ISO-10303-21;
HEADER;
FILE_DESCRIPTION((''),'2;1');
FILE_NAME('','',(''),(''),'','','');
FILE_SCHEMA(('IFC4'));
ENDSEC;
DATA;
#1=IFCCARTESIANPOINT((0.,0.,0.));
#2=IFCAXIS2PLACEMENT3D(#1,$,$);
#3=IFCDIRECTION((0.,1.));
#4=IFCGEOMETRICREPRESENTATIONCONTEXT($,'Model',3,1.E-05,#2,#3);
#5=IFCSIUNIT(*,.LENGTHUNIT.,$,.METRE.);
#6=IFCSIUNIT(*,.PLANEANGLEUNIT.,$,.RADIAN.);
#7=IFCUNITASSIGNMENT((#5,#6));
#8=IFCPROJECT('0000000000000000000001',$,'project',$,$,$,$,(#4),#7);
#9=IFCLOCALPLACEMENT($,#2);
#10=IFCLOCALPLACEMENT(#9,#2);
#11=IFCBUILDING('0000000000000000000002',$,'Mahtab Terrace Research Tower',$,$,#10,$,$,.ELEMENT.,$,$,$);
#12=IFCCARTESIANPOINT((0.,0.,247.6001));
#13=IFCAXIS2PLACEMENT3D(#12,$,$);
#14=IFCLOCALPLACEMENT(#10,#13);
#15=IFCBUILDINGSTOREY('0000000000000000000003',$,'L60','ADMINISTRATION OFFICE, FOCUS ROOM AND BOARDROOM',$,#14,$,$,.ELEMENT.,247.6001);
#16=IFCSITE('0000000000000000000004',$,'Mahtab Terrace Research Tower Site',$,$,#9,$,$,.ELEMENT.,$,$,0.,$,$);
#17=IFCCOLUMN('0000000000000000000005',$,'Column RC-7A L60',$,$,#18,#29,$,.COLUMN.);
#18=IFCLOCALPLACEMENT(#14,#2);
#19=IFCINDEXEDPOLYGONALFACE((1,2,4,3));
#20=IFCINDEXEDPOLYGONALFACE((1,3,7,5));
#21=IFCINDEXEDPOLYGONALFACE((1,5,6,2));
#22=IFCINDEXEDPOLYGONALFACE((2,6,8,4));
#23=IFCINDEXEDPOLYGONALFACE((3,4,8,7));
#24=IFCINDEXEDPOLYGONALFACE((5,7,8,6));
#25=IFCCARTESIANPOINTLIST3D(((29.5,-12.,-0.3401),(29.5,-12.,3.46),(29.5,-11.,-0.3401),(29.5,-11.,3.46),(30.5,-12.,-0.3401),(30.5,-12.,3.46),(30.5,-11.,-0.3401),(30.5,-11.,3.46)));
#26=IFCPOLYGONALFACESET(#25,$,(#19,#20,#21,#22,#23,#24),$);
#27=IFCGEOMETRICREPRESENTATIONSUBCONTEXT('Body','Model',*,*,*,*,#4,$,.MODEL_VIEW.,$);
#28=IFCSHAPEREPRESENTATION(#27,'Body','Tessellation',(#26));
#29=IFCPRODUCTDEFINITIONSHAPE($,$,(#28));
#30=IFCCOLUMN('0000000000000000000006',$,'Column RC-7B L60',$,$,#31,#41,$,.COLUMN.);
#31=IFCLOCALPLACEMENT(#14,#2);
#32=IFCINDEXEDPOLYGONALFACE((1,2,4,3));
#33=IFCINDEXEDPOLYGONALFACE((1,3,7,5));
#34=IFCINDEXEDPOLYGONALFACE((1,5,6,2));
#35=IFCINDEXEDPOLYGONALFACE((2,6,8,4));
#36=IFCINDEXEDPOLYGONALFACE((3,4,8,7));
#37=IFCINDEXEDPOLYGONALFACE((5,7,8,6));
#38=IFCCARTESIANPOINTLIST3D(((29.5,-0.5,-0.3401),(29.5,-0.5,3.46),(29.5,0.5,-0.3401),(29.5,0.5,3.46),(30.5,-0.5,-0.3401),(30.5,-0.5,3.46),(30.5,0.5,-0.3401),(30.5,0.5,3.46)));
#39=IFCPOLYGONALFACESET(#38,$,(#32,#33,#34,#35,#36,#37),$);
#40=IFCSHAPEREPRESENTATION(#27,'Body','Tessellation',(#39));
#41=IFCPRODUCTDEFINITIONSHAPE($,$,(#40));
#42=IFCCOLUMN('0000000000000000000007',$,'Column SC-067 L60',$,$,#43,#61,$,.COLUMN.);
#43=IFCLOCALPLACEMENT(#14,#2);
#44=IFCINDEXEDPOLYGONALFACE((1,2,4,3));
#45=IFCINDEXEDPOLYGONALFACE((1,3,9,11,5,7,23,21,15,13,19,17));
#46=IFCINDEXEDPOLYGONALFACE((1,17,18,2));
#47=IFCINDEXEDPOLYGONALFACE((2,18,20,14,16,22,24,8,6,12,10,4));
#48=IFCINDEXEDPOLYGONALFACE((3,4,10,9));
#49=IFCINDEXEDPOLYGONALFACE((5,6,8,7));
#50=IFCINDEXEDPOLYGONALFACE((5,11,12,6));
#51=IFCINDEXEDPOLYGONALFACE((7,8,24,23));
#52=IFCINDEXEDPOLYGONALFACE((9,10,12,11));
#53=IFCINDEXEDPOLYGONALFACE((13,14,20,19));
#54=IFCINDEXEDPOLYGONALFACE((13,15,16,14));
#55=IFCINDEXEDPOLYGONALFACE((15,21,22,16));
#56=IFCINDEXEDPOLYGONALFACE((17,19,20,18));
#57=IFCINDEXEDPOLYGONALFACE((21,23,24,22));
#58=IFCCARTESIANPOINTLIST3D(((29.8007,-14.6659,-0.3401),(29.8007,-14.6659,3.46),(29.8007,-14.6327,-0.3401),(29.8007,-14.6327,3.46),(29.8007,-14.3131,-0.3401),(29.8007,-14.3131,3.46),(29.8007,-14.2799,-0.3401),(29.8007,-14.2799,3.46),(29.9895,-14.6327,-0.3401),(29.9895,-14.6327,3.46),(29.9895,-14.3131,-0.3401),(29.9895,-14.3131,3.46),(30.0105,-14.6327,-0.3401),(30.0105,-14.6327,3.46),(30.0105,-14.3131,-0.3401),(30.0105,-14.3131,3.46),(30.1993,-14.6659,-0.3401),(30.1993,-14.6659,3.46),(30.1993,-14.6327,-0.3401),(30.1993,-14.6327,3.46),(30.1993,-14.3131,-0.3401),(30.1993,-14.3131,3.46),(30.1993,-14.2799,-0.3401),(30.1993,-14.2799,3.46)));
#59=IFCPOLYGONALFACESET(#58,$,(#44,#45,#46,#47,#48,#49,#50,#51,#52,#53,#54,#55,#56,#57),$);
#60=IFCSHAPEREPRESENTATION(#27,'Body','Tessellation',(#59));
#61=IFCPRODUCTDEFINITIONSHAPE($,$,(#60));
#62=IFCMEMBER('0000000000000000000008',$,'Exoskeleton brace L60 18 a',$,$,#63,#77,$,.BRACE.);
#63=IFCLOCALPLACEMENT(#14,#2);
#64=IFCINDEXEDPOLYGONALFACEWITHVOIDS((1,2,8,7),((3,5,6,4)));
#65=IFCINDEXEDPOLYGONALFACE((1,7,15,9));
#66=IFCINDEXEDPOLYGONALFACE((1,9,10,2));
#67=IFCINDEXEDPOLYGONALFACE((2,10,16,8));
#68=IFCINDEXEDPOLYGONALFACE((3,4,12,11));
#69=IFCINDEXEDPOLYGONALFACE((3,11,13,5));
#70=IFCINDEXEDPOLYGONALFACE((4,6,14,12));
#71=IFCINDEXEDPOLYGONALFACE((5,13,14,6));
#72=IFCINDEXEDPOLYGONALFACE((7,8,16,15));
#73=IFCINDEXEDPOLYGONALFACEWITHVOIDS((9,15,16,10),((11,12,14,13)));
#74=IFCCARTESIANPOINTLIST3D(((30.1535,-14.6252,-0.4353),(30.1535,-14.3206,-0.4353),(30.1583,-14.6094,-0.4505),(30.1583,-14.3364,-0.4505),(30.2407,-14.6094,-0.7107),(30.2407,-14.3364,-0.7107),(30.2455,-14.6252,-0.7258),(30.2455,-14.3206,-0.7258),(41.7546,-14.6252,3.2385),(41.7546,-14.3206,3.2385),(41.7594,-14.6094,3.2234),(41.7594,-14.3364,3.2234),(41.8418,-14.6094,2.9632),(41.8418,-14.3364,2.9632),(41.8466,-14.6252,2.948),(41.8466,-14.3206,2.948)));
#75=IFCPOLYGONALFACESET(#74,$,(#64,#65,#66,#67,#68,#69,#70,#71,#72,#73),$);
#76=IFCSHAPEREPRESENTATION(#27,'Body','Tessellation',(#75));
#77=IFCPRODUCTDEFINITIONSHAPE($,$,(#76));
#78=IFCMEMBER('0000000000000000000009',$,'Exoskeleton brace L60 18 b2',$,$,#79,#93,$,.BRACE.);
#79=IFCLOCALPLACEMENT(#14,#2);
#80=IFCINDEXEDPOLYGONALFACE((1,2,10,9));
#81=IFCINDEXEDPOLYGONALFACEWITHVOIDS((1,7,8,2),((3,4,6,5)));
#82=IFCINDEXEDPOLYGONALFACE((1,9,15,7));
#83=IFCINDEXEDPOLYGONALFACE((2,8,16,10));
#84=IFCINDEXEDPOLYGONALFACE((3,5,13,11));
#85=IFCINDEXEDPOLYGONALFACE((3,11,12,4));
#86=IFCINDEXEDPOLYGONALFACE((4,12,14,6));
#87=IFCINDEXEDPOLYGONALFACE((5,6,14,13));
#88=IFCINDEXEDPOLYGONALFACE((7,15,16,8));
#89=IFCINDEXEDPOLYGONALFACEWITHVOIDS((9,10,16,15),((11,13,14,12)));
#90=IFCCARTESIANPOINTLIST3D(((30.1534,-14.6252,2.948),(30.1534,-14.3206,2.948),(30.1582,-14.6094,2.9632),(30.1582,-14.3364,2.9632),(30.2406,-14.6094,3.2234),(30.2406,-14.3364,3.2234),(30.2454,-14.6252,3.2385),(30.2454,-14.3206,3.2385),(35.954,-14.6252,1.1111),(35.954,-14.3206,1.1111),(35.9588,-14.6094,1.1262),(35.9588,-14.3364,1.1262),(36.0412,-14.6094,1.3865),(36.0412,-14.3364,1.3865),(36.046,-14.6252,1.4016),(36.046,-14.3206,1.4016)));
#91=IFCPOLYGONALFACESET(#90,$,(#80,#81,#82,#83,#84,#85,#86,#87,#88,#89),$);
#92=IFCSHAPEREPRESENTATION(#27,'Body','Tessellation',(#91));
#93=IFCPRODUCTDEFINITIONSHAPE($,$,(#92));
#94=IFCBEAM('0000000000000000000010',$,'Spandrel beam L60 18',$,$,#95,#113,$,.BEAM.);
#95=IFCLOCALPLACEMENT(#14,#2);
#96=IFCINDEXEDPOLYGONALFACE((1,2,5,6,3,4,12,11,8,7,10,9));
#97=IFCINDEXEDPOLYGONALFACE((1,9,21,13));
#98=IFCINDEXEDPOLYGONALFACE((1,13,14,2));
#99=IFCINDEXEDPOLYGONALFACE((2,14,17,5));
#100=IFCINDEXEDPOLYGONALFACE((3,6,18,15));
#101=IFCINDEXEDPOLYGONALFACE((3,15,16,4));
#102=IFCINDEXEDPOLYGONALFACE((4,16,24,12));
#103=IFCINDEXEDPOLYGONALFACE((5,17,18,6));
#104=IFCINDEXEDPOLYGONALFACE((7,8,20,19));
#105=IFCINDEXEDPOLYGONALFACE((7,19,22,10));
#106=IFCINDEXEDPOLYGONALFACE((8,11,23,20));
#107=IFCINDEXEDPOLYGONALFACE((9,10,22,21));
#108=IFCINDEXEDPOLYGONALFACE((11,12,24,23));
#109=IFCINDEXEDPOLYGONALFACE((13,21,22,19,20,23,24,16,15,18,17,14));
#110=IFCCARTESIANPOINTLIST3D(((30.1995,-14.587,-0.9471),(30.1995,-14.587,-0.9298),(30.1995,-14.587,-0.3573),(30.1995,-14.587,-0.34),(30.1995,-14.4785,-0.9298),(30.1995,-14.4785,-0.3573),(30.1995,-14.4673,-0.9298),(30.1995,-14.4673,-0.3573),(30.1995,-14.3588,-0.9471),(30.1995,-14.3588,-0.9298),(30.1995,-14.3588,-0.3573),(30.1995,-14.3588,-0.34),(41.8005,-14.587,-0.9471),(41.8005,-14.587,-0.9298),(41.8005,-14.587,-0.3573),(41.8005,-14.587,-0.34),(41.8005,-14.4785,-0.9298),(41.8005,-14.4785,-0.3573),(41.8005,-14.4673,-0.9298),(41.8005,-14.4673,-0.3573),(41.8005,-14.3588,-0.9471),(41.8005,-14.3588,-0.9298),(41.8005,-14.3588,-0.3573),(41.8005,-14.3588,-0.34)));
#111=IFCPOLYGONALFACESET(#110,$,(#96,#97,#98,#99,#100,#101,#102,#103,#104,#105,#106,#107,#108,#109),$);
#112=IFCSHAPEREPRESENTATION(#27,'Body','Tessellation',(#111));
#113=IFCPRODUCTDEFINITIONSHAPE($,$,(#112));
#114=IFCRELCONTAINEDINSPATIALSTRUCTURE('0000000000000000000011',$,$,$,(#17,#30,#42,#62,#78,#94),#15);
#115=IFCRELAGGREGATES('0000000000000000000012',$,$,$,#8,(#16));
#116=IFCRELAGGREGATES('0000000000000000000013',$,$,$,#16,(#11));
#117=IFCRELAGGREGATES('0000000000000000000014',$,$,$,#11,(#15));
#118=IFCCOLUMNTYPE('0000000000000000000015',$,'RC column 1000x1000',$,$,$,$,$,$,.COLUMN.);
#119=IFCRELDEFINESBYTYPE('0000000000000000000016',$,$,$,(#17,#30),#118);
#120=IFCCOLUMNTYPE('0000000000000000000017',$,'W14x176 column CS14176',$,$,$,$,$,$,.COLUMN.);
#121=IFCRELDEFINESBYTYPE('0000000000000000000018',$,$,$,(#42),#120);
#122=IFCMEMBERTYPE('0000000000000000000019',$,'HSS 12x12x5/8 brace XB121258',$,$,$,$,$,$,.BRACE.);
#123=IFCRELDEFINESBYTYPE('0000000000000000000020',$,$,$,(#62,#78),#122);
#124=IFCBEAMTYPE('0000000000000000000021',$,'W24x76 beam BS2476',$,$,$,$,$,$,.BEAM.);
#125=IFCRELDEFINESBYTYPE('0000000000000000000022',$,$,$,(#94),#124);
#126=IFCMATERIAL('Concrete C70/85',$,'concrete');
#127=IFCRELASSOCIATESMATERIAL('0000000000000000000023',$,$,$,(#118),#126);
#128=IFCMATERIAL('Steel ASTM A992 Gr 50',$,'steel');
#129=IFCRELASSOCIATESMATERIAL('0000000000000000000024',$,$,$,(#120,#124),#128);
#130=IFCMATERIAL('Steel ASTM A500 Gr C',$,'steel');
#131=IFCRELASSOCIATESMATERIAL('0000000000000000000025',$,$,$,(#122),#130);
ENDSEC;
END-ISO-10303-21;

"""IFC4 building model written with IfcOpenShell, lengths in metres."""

from ifc_helpers import new_model, si_unit, direction, frame, origin, origin_2d, place, context, subcontext, project, spatial, rectangle, hollow_rectangle, i_section, extrude, material, material_profile, profile_set, type_object, element, save


model = new_model("IFC4")

# Units and contexts
model_context = context("Model", 3, precision=1e-05, world=origin(), true_north=direction((0.0, 1.0)))
body_context = subcontext(model_context, "Body", "Model", "MODEL_VIEW")
ifc_project = project(units=[si_unit("LENGTHUNIT", "METRE"), si_unit("PLANEANGLEUNIT", "RADIAN")], contexts=[model_context])

# Site, building, storey
site_placement = place(None, origin())
site = spatial("IfcSite", under=ifc_project, at=site_placement, Name="Mahtab Terrace Research Tower Site", CompositionType="ELEMENT", RefElevation=0.0)
building_placement = place(site_placement, origin())
building = spatial("IfcBuilding", under=site, at=building_placement, Name="Mahtab Terrace Research Tower", CompositionType="ELEMENT")
storey_placement = place(building_placement, frame((0.0, 0.0, 247.6001)))
storey = spatial("IfcBuildingStorey", under=building, at=storey_placement, Name="L60", Description="ADMINISTRATION OFFICE, FOCUS ROOM AND BOARDROOM", CompositionType="ELEMENT", Elevation=247.6001)

# Columns
ifc_material_1 = material(Name="Concrete C70/85", Category="concrete")
ifc_material_profile_1 = material_profile(ifc_material_1, rectangle(XDim=1.0, YDim=1.0, at=origin_2d()), Name="RC column 1000x1000")
ifc_profile_set_1 = profile_set([ifc_material_profile_1], Name="Concrete C70/85")
column_type_1 = type_object("IfcColumnType", Name="RC column 1000x1000", PredefinedType="COLUMN", material=ifc_profile_set_1)
for number, where, z_axis, x_axis, name in (
    (1, (30.0, -11.5, -0.3401), (0.0, 0.0, 1.0), (1.0, 0.0, 0.0), "Column RC-7A L60"),
    (2, (30.0, 0.0, -0.3401), (0.0, 0.0, 1.0), (1.0, 0.0, 0.0), "Column RC-7B L60"),
):
    element("IfcColumn", number, at=place(storey_placement, frame(where, z_axis=z_axis, x_axis=x_axis)), inside=storey, type_object=column_type_1, Name=name, PredefinedType="COLUMN", context=body_context, shape_type="SweptSolid", body=[
        extrude(rectangle(XDim=1.0, YDim=1.0, at=origin_2d()), origin(), (0.0, 0.0, 1.0), 3.8),
    ])
ifc_material_2 = material(Name="Steel ASTM A992 Gr 50", Category="steel")
ifc_material_profile_2 = material_profile(ifc_material_2, i_section(OverallWidth=0.3987, OverallDepth=0.386, WebThickness=0.021, FlangeThickness=0.0332, at=origin_2d()), Name="W14X176")
ifc_profile_set_2 = profile_set([ifc_material_profile_2], Name="Steel ASTM A992 Gr 50")
column_type_2 = type_object("IfcColumnType", Name="W14x176 column CS14176", PredefinedType="COLUMN", material=ifc_profile_set_2)
column_placement = place(storey_placement, frame((30.0, -14.4729, -0.3401), z_axis=(0.0, 0.0, 1.0), x_axis=(1.0, 0.0, 0.0)))
element("IfcColumn", 3, at=column_placement, inside=storey, type_object=column_type_2, Name="Column SC-067 L60", PredefinedType="COLUMN", context=body_context, shape_type="SweptSolid", body=[
    extrude(i_section(OverallWidth=0.3987, OverallDepth=0.386, WebThickness=0.021, FlangeThickness=0.0332, at=origin_2d()), origin(), (0.0, 0.0, 1.0), 3.8),
])

# Members
ifc_material_3 = material(Name="Steel ASTM A500 Gr C", Category="steel")
ifc_material_profile_3 = material_profile(ifc_material_3, hollow_rectangle(XDim=0.3047, YDim=0.3047, WallThickness=0.0159, at=origin_2d()), Name="HSS12X12X5/8")
ifc_profile_set_3 = profile_set([ifc_material_profile_3], Name="Steel ASTM A500 Gr C")
member_type = type_object("IfcMemberType", Name="HSS 12x12x5/8 brace XB121258", PredefinedType="BRACE", material=ifc_profile_set_3)
member_1_placement = place(storey_placement, frame((30.1995, -14.4729, -0.5806), z_axis=(0.953339, 0.0, 0.301903), x_axis=(0.0, 1.0, 0.0)))
element("IfcMember", 4, at=member_1_placement, inside=storey, type_object=member_type, Name="Exoskeleton brace L60 18 a", PredefinedType="BRACE", context=body_context, shape_type="SweptSolid", body=[
    extrude(hollow_rectangle(XDim=0.3047, YDim=0.3047, WallThickness=0.0159, at=origin_2d()), origin(), (0.0, 0.0, 1.0), 12.1689),
])
member_2_placement = place(storey_placement, frame((36.0, -14.4729, 1.2563), z_axis=(-0.953339, 0.0, 0.301903), x_axis=(0.0, -1.0, 0.0)))
element("IfcMember", 5, at=member_2_placement, inside=storey, type_object=member_type, Name="Exoskeleton brace L60 18 b2", PredefinedType="BRACE", context=body_context, shape_type="SweptSolid", body=[
    extrude(hollow_rectangle(XDim=0.3047, YDim=0.3047, WallThickness=0.0159, at=origin_2d()), origin(), (0.0, 0.0, 1.0), 6.0845),
])

# Beam
ifc_material_profile_4 = material_profile(ifc_material_2, i_section(OverallWidth=0.2283, OverallDepth=0.6072, WebThickness=0.0112, FlangeThickness=0.0173, at=origin_2d()), Name="W24X76")
ifc_profile_set_4 = profile_set([ifc_material_profile_4], Name="Steel ASTM A992 Gr 50")
beam_type = type_object("IfcBeamType", Name="W24x76 beam BS2476", PredefinedType="BEAM", material=ifc_profile_set_4)
beam_placement = place(storey_placement, frame((30.1995, -14.4729, -0.6436), z_axis=(1.0, 0.0, 0.0), x_axis=(0.0, 1.0, 0.0)))
element("IfcBeam", 6, at=beam_placement, inside=storey, type_object=beam_type, Name="Spandrel beam L60 18", PredefinedType="BEAM", context=body_context, shape_type="SweptSolid", body=[
    extrude(i_section(OverallWidth=0.2283, OverallDepth=0.6072, WebThickness=0.0112, FlangeThickness=0.0173, at=origin_2d()), origin(), (0.0, 0.0, 1.0), 11.6011),
])

save(model, "model.ifc")
